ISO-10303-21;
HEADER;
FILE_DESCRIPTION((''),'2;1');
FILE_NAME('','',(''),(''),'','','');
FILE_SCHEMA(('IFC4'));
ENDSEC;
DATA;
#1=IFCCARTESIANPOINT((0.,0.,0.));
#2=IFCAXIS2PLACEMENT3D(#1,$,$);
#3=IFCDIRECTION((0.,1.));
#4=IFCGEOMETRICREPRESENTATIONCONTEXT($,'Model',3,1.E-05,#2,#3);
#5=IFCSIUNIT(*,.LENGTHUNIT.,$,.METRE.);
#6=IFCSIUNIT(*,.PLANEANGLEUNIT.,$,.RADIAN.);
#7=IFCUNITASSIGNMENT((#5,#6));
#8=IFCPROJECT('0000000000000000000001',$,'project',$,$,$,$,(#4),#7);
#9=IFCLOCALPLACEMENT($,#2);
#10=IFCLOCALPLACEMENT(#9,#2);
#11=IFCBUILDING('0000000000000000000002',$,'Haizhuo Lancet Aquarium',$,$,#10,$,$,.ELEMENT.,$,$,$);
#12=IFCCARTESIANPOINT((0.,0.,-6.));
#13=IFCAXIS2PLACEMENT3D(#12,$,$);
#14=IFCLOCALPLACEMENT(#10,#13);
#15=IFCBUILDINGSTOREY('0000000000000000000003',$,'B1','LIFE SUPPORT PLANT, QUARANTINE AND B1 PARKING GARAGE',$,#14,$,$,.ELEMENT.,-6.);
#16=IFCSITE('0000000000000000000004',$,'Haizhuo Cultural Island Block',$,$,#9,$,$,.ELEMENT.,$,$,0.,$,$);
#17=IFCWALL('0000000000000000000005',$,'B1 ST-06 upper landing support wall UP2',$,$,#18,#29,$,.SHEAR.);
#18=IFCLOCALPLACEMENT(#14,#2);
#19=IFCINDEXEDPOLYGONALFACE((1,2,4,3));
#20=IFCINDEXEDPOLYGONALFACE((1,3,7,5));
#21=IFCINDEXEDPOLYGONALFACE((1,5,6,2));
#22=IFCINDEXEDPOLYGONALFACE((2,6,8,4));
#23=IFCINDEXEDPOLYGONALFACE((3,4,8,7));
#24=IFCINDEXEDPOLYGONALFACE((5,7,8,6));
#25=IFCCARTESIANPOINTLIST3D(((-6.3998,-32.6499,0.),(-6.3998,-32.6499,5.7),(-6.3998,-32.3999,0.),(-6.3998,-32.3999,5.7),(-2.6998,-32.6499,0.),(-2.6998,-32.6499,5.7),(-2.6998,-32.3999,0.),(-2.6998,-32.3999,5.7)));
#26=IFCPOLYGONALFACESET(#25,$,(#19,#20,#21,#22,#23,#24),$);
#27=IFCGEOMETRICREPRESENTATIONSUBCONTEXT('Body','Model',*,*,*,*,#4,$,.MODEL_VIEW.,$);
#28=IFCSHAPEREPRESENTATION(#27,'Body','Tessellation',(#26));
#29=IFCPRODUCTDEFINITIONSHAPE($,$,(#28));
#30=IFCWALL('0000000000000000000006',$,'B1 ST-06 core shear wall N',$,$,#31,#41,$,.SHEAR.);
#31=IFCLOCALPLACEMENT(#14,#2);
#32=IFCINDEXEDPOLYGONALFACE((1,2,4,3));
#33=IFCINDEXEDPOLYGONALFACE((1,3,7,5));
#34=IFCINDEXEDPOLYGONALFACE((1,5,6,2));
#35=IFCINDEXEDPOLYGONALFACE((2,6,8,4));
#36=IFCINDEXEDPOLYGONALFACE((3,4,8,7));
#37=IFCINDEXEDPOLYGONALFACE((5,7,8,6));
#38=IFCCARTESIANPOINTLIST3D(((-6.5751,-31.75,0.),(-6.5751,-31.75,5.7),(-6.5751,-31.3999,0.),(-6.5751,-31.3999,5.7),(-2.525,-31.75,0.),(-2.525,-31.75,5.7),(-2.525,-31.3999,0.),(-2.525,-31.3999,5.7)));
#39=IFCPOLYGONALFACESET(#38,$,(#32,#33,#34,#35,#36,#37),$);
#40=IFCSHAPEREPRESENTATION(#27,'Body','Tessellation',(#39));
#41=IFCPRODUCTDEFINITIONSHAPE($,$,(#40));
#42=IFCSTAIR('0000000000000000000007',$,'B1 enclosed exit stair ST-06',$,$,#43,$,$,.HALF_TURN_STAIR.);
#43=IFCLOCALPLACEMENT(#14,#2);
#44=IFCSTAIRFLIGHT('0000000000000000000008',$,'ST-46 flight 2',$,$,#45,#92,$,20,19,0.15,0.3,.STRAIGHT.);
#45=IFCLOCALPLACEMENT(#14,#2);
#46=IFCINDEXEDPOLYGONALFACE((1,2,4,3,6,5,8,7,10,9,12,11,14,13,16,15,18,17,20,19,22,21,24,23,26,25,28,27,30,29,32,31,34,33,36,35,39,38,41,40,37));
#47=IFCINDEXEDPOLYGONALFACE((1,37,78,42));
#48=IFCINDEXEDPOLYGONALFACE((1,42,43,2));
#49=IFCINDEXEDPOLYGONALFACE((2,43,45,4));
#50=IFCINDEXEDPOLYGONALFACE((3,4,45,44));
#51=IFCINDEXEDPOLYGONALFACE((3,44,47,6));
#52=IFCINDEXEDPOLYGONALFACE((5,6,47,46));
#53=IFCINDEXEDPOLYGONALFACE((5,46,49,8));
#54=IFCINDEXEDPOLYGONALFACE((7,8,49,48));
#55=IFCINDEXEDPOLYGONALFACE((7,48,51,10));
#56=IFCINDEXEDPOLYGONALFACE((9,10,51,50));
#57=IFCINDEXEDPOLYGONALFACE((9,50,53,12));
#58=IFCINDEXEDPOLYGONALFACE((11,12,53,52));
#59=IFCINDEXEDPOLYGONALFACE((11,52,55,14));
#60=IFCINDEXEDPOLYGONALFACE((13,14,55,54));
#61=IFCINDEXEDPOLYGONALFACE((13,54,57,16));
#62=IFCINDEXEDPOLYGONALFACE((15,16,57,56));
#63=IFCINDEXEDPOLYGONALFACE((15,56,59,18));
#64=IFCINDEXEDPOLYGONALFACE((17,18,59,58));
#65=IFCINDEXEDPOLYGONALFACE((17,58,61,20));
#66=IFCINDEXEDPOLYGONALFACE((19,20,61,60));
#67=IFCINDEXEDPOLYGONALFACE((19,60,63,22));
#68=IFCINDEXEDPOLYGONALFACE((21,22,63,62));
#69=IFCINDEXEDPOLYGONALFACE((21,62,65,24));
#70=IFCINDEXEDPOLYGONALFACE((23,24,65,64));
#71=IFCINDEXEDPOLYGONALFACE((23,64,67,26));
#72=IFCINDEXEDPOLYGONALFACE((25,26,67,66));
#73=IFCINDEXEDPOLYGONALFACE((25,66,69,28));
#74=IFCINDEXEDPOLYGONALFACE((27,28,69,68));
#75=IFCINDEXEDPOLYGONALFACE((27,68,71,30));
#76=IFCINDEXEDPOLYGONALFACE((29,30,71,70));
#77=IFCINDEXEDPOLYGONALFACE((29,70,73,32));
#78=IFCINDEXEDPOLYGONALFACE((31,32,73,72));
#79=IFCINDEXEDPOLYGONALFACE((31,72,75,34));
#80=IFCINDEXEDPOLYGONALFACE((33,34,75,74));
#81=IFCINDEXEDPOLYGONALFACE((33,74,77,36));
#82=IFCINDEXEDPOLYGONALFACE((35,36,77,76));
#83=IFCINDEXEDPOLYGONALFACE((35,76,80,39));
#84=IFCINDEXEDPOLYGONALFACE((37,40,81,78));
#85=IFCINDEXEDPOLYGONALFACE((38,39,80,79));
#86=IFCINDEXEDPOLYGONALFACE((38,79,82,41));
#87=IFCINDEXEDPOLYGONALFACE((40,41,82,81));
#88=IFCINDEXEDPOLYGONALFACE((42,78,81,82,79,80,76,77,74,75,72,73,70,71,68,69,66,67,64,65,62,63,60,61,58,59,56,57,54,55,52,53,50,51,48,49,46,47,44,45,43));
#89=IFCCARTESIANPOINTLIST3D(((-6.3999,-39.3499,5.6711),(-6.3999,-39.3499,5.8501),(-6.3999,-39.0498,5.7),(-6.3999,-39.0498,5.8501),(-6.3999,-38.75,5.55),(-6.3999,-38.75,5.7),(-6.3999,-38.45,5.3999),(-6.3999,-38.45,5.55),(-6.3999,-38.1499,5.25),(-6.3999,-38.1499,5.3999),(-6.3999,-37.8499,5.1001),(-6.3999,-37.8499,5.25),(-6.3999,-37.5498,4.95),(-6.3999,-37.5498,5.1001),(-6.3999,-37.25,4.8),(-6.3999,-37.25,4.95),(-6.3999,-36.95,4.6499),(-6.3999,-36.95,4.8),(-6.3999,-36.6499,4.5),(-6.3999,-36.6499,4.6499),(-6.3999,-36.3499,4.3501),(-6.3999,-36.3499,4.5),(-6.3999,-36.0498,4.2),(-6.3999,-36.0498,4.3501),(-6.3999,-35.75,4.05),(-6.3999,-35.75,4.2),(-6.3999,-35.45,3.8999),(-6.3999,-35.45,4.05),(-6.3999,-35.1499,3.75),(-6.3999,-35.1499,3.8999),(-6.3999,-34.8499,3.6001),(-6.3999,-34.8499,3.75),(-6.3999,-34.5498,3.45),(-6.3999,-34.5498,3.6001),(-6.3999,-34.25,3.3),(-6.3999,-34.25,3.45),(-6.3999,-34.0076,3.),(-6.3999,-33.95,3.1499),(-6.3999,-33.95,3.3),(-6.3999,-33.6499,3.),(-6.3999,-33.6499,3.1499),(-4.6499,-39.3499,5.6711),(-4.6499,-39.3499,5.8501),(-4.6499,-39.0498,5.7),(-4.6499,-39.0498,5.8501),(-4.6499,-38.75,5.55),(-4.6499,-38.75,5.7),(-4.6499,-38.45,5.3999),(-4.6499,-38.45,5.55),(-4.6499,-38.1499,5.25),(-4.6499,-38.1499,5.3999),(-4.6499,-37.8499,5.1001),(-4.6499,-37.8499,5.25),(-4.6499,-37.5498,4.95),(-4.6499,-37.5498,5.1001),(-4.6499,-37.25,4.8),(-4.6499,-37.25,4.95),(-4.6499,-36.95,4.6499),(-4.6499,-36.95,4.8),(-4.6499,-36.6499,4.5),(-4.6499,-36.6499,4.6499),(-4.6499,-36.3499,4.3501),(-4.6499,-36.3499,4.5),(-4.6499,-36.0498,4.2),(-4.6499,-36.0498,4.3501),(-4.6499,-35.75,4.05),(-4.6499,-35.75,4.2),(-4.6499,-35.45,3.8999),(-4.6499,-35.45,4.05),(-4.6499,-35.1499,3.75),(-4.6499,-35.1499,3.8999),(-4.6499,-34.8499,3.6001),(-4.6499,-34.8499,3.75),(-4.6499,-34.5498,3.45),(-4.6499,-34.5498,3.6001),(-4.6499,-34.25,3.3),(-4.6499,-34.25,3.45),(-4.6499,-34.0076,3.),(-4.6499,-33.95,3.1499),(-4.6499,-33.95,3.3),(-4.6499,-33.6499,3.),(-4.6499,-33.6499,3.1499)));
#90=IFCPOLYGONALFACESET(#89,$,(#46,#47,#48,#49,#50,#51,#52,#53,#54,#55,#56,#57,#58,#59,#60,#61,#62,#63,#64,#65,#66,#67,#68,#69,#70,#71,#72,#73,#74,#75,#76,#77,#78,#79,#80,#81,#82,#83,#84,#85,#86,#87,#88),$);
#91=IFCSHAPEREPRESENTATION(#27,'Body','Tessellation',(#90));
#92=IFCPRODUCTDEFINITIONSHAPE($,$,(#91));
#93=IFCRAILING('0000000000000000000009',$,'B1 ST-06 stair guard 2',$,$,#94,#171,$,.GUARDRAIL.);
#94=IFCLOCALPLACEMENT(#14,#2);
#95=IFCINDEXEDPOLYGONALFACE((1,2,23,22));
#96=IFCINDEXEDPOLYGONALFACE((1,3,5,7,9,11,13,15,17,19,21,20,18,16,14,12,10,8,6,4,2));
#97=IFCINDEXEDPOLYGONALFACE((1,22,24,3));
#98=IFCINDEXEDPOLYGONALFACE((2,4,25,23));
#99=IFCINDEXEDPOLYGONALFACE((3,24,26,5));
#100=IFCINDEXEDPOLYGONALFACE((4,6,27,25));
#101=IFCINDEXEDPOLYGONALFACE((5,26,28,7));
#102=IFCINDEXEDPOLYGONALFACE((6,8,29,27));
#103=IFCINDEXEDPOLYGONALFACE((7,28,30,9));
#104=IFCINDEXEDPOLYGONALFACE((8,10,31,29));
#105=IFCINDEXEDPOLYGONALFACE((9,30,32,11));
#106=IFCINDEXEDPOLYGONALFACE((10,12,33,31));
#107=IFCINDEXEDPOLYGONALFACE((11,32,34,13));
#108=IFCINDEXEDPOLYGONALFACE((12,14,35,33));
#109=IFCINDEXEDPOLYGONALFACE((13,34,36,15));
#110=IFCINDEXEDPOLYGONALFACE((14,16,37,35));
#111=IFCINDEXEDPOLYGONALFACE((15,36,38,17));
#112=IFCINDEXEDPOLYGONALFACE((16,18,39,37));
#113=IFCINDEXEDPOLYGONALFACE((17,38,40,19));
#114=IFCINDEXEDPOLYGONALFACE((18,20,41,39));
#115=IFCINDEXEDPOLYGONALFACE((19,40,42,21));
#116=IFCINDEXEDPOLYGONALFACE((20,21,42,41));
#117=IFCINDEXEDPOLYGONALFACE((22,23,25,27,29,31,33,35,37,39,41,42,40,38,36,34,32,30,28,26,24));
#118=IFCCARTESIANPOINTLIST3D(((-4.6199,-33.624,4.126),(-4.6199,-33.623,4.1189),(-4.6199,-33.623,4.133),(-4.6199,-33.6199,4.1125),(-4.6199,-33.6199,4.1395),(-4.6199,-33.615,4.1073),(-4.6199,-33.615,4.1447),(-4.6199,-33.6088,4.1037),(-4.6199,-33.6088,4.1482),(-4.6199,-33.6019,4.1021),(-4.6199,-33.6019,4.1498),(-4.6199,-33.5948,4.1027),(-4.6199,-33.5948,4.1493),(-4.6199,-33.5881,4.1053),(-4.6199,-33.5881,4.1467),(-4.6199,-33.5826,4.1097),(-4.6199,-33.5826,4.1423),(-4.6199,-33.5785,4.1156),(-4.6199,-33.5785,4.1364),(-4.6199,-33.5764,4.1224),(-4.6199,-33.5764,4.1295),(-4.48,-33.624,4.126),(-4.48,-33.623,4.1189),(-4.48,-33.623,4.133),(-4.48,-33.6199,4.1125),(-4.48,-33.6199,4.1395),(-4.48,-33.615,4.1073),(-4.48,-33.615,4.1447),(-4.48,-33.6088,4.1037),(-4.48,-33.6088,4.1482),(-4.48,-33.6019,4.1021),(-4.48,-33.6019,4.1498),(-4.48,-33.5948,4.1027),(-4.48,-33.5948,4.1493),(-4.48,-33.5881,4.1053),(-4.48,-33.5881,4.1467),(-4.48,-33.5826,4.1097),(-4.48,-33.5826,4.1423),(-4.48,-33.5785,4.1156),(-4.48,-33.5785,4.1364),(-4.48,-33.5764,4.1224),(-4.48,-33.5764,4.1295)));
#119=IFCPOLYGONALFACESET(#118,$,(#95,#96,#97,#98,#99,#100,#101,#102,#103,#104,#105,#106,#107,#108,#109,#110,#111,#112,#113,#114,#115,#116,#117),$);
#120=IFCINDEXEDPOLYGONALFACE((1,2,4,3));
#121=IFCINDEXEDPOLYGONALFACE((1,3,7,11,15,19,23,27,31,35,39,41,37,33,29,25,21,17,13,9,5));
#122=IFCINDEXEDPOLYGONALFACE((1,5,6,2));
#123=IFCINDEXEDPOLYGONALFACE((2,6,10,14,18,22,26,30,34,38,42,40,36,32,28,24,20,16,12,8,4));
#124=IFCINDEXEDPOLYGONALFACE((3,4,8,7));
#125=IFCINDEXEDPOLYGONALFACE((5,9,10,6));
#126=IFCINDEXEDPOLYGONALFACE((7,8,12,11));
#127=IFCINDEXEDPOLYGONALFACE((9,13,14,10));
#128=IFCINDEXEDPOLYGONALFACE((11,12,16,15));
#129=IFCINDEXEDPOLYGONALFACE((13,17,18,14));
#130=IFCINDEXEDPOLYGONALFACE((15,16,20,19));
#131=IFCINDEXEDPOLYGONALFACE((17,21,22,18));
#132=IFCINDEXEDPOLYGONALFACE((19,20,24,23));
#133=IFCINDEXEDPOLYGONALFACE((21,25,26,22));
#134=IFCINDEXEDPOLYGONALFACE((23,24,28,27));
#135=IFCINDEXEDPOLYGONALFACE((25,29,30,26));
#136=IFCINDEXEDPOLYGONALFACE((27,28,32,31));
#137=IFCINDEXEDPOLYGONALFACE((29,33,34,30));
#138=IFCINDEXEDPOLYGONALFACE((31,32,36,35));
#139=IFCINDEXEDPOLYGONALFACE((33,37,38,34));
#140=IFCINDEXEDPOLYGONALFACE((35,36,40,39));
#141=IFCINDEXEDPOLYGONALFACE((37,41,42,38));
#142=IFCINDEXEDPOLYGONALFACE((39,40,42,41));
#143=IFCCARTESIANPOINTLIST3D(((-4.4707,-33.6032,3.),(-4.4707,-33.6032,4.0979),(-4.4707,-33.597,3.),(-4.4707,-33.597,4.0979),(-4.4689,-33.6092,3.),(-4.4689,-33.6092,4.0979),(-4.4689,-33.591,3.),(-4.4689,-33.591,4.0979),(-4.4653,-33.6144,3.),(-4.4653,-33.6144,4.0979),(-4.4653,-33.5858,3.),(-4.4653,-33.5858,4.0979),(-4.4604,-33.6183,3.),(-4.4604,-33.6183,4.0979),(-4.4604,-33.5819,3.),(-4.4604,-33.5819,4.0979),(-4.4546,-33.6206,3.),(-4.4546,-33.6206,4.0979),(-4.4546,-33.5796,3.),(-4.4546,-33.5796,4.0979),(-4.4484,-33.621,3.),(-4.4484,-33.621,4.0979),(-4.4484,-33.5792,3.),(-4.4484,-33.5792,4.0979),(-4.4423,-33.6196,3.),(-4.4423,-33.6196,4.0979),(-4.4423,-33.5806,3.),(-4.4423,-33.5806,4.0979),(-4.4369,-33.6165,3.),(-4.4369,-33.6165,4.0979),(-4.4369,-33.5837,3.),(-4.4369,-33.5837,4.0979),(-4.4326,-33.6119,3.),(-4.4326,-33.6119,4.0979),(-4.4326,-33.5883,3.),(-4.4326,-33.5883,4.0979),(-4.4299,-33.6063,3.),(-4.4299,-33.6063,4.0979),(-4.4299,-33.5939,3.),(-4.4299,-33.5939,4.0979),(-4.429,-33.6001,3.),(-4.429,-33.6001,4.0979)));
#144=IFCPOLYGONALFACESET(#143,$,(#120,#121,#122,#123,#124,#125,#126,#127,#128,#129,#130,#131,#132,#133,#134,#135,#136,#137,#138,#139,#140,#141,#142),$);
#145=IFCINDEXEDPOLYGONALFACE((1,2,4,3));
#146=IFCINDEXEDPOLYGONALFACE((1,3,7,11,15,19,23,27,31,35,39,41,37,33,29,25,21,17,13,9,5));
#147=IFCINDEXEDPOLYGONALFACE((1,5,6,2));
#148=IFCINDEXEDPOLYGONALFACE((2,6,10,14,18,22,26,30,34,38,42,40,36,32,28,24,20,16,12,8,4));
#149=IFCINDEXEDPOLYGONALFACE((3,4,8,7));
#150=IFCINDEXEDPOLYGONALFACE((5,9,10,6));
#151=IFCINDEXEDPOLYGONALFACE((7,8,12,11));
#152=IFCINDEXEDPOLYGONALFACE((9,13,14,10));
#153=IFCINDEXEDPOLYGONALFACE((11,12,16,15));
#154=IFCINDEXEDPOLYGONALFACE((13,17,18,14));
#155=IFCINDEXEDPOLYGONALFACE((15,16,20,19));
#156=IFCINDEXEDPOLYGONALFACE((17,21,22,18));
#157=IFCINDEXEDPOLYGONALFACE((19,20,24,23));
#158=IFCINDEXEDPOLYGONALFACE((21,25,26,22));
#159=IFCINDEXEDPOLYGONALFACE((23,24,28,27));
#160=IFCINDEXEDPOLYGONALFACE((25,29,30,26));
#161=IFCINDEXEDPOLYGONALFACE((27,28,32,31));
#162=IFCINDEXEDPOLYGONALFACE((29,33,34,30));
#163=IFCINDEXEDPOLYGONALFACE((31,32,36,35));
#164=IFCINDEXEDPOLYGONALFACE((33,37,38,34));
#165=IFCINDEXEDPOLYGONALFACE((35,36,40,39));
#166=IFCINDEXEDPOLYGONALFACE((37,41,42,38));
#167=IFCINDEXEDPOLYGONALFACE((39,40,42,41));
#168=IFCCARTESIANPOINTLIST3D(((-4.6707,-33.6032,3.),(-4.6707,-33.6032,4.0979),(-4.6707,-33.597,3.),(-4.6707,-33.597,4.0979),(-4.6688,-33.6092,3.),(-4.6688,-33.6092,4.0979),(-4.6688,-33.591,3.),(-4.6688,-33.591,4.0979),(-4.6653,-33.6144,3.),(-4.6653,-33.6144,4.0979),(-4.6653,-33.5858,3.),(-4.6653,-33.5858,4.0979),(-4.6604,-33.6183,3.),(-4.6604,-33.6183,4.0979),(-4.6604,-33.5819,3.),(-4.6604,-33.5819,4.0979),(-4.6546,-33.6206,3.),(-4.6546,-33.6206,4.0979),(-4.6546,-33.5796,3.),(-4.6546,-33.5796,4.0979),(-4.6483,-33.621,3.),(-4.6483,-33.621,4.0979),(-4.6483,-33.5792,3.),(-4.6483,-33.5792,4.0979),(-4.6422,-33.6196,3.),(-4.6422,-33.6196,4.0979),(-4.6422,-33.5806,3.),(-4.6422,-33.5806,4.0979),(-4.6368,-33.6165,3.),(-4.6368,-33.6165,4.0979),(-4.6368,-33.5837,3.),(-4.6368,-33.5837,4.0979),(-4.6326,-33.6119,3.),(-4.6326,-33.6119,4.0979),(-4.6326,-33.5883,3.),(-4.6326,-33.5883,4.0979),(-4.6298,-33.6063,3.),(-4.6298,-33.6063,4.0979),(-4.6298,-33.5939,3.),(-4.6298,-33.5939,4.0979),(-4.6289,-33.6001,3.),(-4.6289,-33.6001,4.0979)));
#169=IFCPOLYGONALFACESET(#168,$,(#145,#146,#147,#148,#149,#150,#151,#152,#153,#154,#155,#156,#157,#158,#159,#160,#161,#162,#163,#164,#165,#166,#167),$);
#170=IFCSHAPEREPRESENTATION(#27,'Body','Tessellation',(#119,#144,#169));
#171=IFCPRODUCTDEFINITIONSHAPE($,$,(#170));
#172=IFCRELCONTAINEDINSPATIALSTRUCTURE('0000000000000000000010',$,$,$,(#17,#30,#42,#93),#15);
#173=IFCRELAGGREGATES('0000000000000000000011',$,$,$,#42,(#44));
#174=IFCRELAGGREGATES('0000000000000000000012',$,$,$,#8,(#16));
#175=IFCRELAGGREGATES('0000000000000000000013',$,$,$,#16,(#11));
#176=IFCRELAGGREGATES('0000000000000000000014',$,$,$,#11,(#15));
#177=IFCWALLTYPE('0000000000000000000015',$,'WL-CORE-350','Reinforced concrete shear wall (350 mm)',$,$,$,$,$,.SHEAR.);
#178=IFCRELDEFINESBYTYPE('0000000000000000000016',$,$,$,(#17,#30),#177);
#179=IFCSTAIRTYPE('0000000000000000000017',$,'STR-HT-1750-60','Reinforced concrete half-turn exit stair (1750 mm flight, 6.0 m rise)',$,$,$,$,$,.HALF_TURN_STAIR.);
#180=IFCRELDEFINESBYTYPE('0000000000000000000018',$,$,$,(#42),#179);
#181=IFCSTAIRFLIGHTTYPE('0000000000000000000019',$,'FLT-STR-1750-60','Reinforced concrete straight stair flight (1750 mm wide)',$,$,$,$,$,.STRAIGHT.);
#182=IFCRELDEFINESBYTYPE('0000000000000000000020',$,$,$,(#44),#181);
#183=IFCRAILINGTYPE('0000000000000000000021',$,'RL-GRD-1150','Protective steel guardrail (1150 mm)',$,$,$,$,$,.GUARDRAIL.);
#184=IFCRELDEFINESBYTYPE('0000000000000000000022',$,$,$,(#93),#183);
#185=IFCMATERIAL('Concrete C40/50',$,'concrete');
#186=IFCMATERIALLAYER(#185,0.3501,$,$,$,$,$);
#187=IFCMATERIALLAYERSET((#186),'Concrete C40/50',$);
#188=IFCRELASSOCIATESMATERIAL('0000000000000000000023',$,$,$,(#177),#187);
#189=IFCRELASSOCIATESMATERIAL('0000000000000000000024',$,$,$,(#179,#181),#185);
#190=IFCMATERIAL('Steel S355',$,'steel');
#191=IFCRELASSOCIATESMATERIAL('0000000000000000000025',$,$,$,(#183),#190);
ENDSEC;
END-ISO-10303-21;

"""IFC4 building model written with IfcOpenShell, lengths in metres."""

from ifc_helpers import new_model, si_unit, direction, frame, frame_2d, origin, origin_2d, place, context, subcontext, project, spatial, polyline, rectangle, circle, outline, extrude, material, layer, layer_set, type_object, element, aggregate, save


model = new_model("IFC4")

# Units and contexts
model_context = context("Model", 3, precision=1e-05, world=origin(), true_north=direction((0.0, 1.0)))
body_context = subcontext(model_context, "Body", "Model", "MODEL_VIEW")
ifc_project = project(units=[si_unit("LENGTHUNIT", "METRE"), si_unit("PLANEANGLEUNIT", "RADIAN")], contexts=[model_context])

# Site, building, storey
site_placement = place(None, origin())
site = spatial("IfcSite", under=ifc_project, at=site_placement, Name="Haizhuo Cultural Island Block", CompositionType="ELEMENT", RefElevation=0.0)
building_placement = place(site_placement, origin())
building = spatial("IfcBuilding", under=site, at=building_placement, Name="Haizhuo Lancet Aquarium", CompositionType="ELEMENT")
storey_placement = place(building_placement, frame((0.0, 0.0, -6.0)))
storey = spatial("IfcBuildingStorey", under=building, at=storey_placement, Name="B1", Description="LIFE SUPPORT PLANT, QUARANTINE AND B1 PARKING GARAGE", CompositionType="ELEMENT", Elevation=-6.0)

# Shared definitions
ifc_material_1 = material(Name="Concrete C40/50", Category="concrete")

# Shared definitions
ifc_material_2 = material(Name="Steel S355", Category="steel")

# Walls
ifc_layer = layer(ifc_material_1, 0.3501)
ifc_layer_set = layer_set([ifc_layer], Name="Concrete C40/50")
wall_type = type_object("IfcWallType", Name="WL-CORE-350", Description="Reinforced concrete shear wall (350 mm)", PredefinedType="SHEAR", material=ifc_layer_set)
for number, where, z_axis, x_axis, name in (
    (1, (-6.3999, -32.5249, 0.0), (0.0, 0.0, 1.0), (1.0, 0.0, 0.0), "B1 ST-06 upper landing support wall UP2"),
):
    element("IfcWall", number, at=place(storey_placement, frame(where, z_axis=z_axis, x_axis=x_axis)), inside=storey, type_object=wall_type, Name=name, PredefinedType="SHEAR", context=body_context, shape_type="SweptSolid", body=[
        extrude(rectangle(XDim=3.7, YDim=0.25, at=frame_2d((1.8501, 0.0))), origin(), (0.0, 0.0, 1.0), 5.7),
    ])
wall_placement = place(storey_placement, frame((-6.575, -31.575, 0.0), z_axis=(0.0, 0.0, 1.0), x_axis=(1.0, 0.0, 0.0)))
element("IfcWall", 2, at=wall_placement, inside=storey, type_object=wall_type, Name="B1 ST-06 core shear wall N", PredefinedType="SHEAR", context=body_context, shape_type="SweptSolid", body=[
    extrude(rectangle(XDim=4.05, YDim=0.3501, at=frame_2d((2.0249, 0.0))), origin(), (0.0, 0.0, 1.0), 5.7),
])

# Stair, stair flight
stair_type = type_object("IfcStairType", Name="STR-HT-1750-60", Description="Reinforced concrete half-turn exit stair (1750 mm flight, 6.0 m rise)", PredefinedType="HALF_TURN_STAIR", material=ifc_material_1)
stair_placement = place(storey_placement, origin())
stair = element("IfcStair", 3, at=stair_placement, inside=storey, type_object=stair_type, Name="B1 enclosed exit stair ST-06", PredefinedType="HALF_TURN_STAIR")
stair_flight_type = type_object("IfcStairFlightType", Name="FLT-STR-1750-60", Description="Reinforced concrete straight stair flight (1750 mm wide)", PredefinedType="STRAIGHT", material=ifc_material_1)
stair_flight_placement = place(storey_placement, frame((-5.5249, -33.6499, 3.0), z_axis=(0.0, 0.0, 1.0), x_axis=(0.0, -1.0, 0.0)))
stair_flight = element("IfcStairFlight", 4, at=stair_flight_placement, type_object=stair_flight_type, Name="ST-46 flight 2", NumberOfRisers=20, NumberOfTreads=19, PredefinedType="STRAIGHT", RiserHeight=0.15, TreadLength=0.3, context=body_context, shape_type="SweptSolid", body=[
    extrude(outline(polyline([(0.0, 0.0), (0.0, 0.1499), (0.3, 0.1499), (0.3, 0.3), (0.6001, 0.3), (0.6001, 0.45), (0.8999, 0.45), (0.8999, 0.6001), (1.2, 0.6001), (1.2, 0.75), (1.5, 0.75), (1.5, 0.8999), (1.8, 0.8999), (1.8, 1.05), (2.1001, 1.05), (2.1001, 1.2), (2.3999, 1.2), (2.3999, 1.3501), (2.7, 1.3501), (2.7, 1.5), (3.0, 1.5), (3.0, 1.6499), (3.3, 1.6499), (3.3, 1.8), (3.6001, 1.8), (3.6001, 1.95), (3.8999, 1.95), (3.8999, 2.1001), (4.2, 2.1001), (4.2, 2.25), (4.5, 2.25), (4.5, 2.3999), (4.8, 2.3999), (4.8, 2.55), (5.1001, 2.55), (5.1001, 2.7), (5.3999, 2.7), (5.3999, 2.8501), (5.7, 2.8501), (5.7, 3.0), (5.7, 2.6711), (0.3577, 0.0), (0.0, 0.0)])), frame((0.0, 0.875, 0.0), z_axis=(0.0, -1.0, 0.0), x_axis=(1.0, 0.0, 0.0)), (0.0, 0.0, 1.0), 1.75),
])
aggregate(stair, [stair_flight])

# Railing
railing_type_1 = type_object("IfcRailingType", Name="RL-GRD-1150", Description="Protective steel guardrail (1150 mm)", PredefinedType="GUARDRAIL", material=ifc_material_2)
railing_1_placement = place(storey_placement, frame((-4.45, -33.6001, 3.0)))
element("IfcRailing", 5, at=railing_1_placement, inside=storey, type_object=railing_type_1, Name="B1 ST-06 stair guard 2", PredefinedType="GUARDRAIL", context=body_context, shape_type="SweptSolid", body=[
    extrude(circle(Radius=0.0239, at=origin_2d()), frame((-0.03, 0.0, 1.126), z_axis=(-1.0, 0.0, 0.0), x_axis=(0.0, -1.0, 0.0)), (0.0, 0.0, 1.0), 0.1399),
    extrude(circle(Radius=0.021, at=origin_2d()), origin(), (0.0, 0.0, 1.0), 1.0979),
    extrude(circle(Radius=0.021, at=origin_2d()), frame((-0.2, 0.0, 0.0)), (0.0, 0.0, 1.0), 1.0979),
])

save(model, "model.ifc")
